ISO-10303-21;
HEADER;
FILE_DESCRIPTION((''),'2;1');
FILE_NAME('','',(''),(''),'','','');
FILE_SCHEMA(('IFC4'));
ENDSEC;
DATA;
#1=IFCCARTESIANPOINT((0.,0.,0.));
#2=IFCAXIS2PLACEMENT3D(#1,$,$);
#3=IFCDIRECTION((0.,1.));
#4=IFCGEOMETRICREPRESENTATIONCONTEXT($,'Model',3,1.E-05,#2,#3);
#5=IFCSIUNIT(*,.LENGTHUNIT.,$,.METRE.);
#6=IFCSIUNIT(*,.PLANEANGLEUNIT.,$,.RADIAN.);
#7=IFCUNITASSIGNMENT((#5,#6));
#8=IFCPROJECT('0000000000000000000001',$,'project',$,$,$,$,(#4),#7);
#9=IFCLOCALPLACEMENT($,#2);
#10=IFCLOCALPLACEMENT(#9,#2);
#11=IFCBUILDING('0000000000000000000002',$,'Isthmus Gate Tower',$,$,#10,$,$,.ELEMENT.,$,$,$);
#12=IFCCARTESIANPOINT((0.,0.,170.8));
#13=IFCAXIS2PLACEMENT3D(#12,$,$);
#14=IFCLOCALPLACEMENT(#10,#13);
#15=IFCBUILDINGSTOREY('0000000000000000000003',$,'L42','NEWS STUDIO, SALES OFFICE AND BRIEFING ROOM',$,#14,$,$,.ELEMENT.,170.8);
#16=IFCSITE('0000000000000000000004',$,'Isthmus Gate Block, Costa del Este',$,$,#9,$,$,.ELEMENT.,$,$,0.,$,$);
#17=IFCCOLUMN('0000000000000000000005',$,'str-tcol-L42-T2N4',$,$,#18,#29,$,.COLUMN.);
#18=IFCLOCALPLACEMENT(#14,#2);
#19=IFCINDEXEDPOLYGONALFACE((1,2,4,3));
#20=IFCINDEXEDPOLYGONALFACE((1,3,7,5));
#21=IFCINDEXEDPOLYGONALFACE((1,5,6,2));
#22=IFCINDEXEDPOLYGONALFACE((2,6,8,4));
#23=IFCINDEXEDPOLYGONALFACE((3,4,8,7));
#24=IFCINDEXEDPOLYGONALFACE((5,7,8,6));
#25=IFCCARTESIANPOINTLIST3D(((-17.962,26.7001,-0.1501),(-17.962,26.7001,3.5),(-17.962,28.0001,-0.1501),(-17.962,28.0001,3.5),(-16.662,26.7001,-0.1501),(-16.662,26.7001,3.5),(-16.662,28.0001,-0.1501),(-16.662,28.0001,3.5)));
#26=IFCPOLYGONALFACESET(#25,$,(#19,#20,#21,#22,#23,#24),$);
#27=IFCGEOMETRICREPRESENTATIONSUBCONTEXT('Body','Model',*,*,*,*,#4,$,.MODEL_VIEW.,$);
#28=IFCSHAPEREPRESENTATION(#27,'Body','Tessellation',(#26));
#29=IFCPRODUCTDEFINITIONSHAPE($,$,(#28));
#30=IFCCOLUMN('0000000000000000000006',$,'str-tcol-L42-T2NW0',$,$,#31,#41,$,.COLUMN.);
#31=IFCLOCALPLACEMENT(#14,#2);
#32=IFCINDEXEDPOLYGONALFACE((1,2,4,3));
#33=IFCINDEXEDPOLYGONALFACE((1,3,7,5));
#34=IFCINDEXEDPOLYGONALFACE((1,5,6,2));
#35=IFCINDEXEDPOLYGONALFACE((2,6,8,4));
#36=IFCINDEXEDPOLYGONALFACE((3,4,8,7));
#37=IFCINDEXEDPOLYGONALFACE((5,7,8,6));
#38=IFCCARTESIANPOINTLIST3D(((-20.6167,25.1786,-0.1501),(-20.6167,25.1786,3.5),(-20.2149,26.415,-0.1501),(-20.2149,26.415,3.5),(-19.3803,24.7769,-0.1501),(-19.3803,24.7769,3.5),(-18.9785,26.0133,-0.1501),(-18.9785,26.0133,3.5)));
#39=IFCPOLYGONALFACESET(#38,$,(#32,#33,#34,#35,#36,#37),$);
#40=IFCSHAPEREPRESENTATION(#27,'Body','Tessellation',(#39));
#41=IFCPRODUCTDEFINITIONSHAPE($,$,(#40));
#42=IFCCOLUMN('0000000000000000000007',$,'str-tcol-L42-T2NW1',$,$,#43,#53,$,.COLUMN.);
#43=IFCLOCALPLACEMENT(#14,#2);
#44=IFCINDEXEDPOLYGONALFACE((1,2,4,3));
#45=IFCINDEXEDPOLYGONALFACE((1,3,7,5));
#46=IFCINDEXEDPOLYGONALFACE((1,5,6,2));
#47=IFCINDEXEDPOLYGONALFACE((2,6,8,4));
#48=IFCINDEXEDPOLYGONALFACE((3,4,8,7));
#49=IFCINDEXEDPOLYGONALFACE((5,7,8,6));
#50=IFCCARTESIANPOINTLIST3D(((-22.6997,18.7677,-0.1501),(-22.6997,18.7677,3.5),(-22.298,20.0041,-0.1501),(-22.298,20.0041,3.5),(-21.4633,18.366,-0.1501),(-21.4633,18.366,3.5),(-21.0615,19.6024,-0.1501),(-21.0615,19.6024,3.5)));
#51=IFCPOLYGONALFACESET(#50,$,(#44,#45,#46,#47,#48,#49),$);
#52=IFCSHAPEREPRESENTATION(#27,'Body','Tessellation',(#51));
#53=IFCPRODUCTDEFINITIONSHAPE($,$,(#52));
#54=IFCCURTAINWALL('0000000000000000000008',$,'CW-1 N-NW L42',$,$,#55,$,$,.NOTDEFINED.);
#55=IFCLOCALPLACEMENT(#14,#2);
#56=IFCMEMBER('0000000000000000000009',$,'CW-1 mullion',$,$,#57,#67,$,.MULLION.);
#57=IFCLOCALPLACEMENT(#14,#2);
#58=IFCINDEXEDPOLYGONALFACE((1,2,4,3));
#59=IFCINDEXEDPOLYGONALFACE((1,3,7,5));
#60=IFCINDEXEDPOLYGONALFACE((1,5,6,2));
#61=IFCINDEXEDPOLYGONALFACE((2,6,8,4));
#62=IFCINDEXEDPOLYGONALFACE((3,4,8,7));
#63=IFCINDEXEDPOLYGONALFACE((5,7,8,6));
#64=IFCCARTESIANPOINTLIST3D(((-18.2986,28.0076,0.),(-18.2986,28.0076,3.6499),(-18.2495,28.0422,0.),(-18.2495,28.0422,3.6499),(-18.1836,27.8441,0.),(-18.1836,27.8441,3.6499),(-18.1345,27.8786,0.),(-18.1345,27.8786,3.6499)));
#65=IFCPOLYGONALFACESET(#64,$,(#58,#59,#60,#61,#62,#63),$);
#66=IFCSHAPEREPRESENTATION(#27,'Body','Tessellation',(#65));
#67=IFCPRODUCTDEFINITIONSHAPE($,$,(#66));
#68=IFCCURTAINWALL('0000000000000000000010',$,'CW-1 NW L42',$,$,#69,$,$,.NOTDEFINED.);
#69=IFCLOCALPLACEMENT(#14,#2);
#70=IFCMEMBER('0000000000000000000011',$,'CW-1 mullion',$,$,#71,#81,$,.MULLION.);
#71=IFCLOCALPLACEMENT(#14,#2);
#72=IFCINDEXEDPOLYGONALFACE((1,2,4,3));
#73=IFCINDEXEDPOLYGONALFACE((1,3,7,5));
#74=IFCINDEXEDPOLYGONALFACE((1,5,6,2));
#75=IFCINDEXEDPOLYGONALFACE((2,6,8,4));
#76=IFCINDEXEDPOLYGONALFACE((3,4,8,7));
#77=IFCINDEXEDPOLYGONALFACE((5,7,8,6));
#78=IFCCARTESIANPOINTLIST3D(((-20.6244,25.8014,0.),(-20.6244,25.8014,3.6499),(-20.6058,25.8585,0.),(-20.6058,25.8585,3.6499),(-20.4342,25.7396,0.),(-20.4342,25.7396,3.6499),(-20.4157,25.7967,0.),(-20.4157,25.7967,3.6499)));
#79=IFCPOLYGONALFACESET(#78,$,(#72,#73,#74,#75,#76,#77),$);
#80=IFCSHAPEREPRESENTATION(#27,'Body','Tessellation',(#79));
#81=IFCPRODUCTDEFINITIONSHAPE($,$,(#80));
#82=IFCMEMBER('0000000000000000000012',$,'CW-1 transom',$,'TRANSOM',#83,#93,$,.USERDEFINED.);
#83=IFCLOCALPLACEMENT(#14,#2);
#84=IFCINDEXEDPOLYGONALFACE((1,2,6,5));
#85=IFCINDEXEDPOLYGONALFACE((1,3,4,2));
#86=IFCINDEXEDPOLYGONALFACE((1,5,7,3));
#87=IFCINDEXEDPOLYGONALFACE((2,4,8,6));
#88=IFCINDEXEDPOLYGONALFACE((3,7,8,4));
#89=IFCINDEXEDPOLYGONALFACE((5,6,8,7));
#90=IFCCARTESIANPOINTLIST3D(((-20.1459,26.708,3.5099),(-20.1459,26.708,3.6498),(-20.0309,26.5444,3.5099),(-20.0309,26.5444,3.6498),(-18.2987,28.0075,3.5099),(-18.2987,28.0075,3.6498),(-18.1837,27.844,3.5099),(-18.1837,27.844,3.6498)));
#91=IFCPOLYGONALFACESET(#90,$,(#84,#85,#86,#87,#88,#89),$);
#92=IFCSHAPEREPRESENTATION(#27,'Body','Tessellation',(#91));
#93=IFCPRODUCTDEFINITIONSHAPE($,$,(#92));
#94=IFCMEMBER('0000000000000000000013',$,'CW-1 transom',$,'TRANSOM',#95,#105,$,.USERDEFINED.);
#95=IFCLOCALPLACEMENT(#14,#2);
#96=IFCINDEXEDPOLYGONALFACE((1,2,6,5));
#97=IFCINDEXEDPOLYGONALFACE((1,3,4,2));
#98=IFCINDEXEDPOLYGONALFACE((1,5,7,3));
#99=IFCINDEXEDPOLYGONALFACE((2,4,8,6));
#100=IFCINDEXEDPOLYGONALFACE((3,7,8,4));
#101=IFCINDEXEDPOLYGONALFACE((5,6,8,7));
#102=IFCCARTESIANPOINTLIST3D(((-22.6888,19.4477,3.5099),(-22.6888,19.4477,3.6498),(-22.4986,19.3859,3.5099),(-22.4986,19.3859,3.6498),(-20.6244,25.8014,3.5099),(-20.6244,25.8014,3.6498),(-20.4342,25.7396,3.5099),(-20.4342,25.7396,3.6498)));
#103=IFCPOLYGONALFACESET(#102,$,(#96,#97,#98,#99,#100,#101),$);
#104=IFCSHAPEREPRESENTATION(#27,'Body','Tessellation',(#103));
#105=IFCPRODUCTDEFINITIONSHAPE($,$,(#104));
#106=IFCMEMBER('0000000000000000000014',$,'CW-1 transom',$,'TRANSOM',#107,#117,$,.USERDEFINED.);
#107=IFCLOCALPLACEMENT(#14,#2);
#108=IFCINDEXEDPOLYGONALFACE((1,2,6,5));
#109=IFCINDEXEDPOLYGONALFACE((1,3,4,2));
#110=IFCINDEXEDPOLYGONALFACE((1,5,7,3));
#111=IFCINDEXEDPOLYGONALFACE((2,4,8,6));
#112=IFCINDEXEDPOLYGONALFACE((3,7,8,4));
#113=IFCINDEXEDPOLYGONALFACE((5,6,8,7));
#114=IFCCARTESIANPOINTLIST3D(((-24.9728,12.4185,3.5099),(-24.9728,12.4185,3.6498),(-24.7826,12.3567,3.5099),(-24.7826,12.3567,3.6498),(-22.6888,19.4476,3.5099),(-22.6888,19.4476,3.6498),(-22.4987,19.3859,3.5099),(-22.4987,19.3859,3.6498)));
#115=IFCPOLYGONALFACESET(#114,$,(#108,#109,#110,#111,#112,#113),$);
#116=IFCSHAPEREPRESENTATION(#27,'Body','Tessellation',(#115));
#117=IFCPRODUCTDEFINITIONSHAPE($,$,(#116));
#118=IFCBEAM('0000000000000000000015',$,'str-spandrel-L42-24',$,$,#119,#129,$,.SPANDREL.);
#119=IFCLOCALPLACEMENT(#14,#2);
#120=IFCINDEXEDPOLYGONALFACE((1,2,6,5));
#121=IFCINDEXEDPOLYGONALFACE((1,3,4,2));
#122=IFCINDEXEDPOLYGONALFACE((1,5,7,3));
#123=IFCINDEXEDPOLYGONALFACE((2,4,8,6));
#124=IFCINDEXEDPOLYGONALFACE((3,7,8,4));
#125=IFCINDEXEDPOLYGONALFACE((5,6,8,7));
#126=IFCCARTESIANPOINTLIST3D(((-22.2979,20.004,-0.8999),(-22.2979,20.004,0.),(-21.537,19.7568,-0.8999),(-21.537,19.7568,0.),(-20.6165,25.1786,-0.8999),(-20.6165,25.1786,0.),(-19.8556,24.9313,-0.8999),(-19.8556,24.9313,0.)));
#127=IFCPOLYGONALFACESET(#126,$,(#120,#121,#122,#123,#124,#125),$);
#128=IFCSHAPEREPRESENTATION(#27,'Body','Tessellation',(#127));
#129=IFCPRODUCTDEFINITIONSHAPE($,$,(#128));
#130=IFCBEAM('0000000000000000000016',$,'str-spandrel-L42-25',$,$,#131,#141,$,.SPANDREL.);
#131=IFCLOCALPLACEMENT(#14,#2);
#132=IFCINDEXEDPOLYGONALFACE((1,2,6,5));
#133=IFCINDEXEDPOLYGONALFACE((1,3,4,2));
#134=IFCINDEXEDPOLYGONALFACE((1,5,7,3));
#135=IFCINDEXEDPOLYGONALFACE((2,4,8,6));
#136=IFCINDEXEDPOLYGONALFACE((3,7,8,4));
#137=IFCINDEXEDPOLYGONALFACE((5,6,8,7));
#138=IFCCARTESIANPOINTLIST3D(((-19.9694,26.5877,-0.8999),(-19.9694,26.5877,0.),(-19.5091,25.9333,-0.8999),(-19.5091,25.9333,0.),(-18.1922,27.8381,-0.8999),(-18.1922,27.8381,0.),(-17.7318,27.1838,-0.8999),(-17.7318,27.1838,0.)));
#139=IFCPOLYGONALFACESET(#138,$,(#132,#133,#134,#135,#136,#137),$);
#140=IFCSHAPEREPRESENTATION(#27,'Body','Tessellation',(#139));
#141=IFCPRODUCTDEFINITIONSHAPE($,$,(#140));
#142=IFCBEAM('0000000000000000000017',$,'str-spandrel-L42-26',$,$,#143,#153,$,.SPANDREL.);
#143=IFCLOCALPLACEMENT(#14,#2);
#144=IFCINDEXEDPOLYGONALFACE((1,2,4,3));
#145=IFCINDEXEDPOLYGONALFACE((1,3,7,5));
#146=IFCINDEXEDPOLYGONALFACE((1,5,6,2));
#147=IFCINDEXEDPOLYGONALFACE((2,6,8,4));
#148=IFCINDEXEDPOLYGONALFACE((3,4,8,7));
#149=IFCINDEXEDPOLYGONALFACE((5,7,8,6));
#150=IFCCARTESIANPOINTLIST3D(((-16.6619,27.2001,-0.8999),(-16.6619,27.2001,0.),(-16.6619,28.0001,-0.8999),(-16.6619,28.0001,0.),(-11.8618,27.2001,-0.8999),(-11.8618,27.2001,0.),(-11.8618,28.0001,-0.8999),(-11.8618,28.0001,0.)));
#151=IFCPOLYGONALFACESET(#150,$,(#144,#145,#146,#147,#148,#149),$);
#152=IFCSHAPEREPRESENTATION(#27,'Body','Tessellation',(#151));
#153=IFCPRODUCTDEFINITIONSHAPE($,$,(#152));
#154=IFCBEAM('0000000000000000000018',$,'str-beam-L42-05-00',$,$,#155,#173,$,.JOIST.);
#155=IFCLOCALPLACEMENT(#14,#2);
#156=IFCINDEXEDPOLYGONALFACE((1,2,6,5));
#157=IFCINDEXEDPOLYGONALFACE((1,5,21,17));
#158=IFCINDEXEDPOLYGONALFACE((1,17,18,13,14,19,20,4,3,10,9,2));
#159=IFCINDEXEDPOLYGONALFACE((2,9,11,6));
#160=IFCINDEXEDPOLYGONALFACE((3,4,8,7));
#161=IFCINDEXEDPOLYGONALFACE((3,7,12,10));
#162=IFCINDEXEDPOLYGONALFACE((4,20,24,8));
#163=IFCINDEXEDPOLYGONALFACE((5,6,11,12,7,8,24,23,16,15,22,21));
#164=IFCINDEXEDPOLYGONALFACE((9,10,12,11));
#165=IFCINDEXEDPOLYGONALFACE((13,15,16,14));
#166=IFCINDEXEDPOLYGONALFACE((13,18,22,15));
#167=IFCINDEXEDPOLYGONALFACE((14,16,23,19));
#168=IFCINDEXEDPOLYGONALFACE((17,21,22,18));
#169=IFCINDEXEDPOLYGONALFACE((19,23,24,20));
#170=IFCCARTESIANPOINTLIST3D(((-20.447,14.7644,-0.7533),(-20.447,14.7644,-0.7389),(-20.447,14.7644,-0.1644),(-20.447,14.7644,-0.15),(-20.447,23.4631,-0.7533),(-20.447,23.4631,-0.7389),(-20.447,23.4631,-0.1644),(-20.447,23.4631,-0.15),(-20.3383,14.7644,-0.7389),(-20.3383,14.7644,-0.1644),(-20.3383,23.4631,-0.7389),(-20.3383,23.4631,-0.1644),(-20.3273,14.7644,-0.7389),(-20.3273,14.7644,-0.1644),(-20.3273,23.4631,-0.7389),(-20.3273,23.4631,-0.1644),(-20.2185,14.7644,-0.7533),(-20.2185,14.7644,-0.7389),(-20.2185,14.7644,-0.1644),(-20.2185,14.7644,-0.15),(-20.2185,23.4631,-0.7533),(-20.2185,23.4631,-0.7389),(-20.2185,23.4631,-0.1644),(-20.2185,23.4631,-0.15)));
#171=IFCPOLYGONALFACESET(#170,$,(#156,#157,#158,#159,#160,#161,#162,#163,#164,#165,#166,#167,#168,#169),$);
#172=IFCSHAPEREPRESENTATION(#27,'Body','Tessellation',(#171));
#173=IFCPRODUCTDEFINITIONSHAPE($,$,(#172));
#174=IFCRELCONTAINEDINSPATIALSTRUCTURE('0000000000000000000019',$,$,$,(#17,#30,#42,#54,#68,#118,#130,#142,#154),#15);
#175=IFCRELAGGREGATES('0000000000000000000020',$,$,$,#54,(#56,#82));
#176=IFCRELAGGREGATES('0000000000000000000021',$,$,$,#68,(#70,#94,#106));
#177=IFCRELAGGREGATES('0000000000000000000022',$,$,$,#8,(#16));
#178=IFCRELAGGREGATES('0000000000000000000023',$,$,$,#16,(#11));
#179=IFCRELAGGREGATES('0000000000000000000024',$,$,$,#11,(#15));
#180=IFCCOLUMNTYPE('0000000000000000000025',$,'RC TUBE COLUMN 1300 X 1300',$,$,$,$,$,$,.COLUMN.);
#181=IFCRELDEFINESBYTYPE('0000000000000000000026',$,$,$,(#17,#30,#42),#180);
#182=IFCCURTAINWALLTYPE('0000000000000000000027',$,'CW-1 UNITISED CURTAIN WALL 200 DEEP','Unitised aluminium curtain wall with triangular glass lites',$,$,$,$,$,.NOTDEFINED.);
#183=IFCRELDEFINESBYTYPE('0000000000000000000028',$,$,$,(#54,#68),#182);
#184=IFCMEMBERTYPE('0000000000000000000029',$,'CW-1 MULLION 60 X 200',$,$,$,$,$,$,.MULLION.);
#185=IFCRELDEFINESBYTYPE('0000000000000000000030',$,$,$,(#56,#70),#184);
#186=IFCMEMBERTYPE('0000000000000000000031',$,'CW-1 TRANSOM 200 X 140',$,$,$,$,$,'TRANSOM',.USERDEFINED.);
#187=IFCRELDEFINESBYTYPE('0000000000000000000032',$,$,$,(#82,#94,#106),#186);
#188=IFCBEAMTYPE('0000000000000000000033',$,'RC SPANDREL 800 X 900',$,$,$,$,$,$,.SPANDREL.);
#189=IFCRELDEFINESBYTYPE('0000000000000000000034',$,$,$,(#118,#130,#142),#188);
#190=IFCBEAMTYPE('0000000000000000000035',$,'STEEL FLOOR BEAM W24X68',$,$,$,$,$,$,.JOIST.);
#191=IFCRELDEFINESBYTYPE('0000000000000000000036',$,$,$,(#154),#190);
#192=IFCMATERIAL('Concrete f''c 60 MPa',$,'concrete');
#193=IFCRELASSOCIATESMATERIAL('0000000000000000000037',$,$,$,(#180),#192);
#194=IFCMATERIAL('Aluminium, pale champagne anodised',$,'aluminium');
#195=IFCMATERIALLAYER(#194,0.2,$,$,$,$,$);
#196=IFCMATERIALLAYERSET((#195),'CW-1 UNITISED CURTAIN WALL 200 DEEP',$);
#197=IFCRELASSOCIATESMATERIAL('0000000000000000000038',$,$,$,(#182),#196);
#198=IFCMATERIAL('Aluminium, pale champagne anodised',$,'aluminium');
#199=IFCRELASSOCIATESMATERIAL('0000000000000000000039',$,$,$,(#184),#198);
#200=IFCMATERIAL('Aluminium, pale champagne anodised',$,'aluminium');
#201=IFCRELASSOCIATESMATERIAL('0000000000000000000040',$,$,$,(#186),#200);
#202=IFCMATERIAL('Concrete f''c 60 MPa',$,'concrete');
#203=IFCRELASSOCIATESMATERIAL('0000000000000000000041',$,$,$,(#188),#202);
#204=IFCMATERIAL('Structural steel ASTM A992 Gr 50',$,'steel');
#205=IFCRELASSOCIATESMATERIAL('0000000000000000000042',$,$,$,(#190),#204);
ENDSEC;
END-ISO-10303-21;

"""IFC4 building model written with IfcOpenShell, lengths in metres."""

from ifc_helpers import new_model, si_unit, direction, frame, origin, origin_2d, place, context, subcontext, project, spatial, rectangle, i_section, extrude, material, layer, layer_set, material_profile, profile_set, type_object, element, aggregate, save


model = new_model("IFC4")

# Units and contexts
model_context = context("Model", 3, precision=1e-05, world=origin(), true_north=direction((0.0, 1.0)))
body_context = subcontext(model_context, "Body", "Model", "MODEL_VIEW")
ifc_project = project(units=[si_unit("LENGTHUNIT", "METRE"), si_unit("PLANEANGLEUNIT", "RADIAN")], contexts=[model_context])

# Site, building, storey
site_placement = place(None, origin())
site = spatial("IfcSite", under=ifc_project, at=site_placement, Name="Isthmus Gate Block, Costa del Este", CompositionType="ELEMENT", RefElevation=0.0)
building_placement = place(site_placement, origin())
building = spatial("IfcBuilding", under=site, at=building_placement, Name="Isthmus Gate Tower", CompositionType="ELEMENT")
storey_placement = place(building_placement, frame((0.0, 0.0, 170.8)))
storey = spatial("IfcBuildingStorey", under=building, at=storey_placement, Name="L42", Description="NEWS STUDIO, SALES OFFICE AND BRIEFING ROOM", CompositionType="ELEMENT", Elevation=170.8)

# Columns
ifc_material_1 = material(Name="Concrete f'c 60 MPa", Category="concrete")
ifc_material_profile_1 = material_profile(ifc_material_1, rectangle(XDim=1.3, YDim=1.3, at=origin_2d()), Name="RC 1300X1300")
ifc_profile_set_1 = profile_set([ifc_material_profile_1], Name="Concrete f'c 60 MPa")
column_type = type_object("IfcColumnType", Name="RC TUBE COLUMN 1300 X 1300", PredefinedType="COLUMN", material=ifc_profile_set_1)
for number, where, z_axis, x_axis, name in (
    (1, (-17.312, 27.3501, -0.1501), (0.0, 0.0, 1.0), (-1.0, 0.0, 0.0), "str-tcol-L42-T2N4"),
    (2, (-19.7976, 25.5959, -0.1501), (0.0, 0.0, 1.0), (-0.309017, -0.951057, 0.0), "str-tcol-L42-T2NW0"),
    (3, (-21.8806, 19.1851, -0.1501), (0.0, 0.0, 1.0), (-0.309017, -0.951057, 0.0), "str-tcol-L42-T2NW1"),
):
    element("IfcColumn", number, at=place(storey_placement, frame(where, z_axis=z_axis, x_axis=x_axis)), inside=storey, type_object=column_type, Name=name, PredefinedType="COLUMN", context=body_context, shape_type="SweptSolid", body=[
        extrude(rectangle(XDim=1.3, YDim=1.3, at=origin_2d()), origin(), (0.0, 0.0, 1.0), 3.6501),
    ])

# Curtain walls, members
ifc_material_2 = material(Name="Aluminium, pale champagne anodised", Category="aluminium")
ifc_layer_1 = layer(ifc_material_2, 0.2)
ifc_layer_set_1 = layer_set([ifc_layer_1], Name="CW-1 UNITISED CURTAIN WALL 200 DEEP")
curtain_wall_type = type_object("IfcCurtainWallType", Name="CW-1 UNITISED CURTAIN WALL 200 DEEP", Description="Unitised aluminium curtain wall with triangular glass lites", PredefinedType="NOTDEFINED", material=ifc_layer_set_1)
curtain_wall_1_placement = place(storey_placement, origin())
curtain_wall_1 = element("IfcCurtainWall", 4, at=curtain_wall_1_placement, inside=storey, type_object=curtain_wall_type, Name="CW-1 N-NW L42", PredefinedType="NOTDEFINED")
ifc_material_3 = material(Name="Aluminium, pale champagne anodised", Category="aluminium")
ifc_material_profile_2 = material_profile(ifc_material_3, rectangle(XDim=0.0601, YDim=0.2, at=origin_2d()), Name="60x200")
ifc_profile_set_2 = profile_set([ifc_material_profile_2], Name="Aluminium, pale champagne anodised")
member_type_1 = type_object("IfcMemberType", Name="CW-1 MULLION 60 X 200", PredefinedType="MULLION", material=ifc_profile_set_2)
member_1_placement = place(storey_placement, frame((-18.2166, 27.9431, 0.0), z_axis=(0.0, 0.0, 1.0), x_axis=(-0.81786, -0.575418, 0.0)))
member_1 = element("IfcMember", 5, at=member_1_placement, type_object=member_type_1, Name="CW-1 mullion", PredefinedType="MULLION", context=body_context, shape_type="SweptSolid", body=[
    extrude(rectangle(XDim=0.0601, YDim=0.2, at=origin_2d()), origin(), (0.0, 0.0, 1.0), 3.6499),
])
curtain_wall_2_placement = place(storey_placement, origin())
curtain_wall_2 = element("IfcCurtainWall", 6, at=curtain_wall_2_placement, inside=storey, type_object=curtain_wall_type, Name="CW-1 NW L42", PredefinedType="NOTDEFINED")
member_2_placement = place(storey_placement, frame((-20.52, 25.7991, 0.0), z_axis=(0.0, 0.0, 1.0), x_axis=(-0.309017, -0.951057, 0.0)))
member_2 = element("IfcMember", 7, at=member_2_placement, type_object=member_type_1, Name="CW-1 mullion", PredefinedType="MULLION", context=body_context, shape_type="SweptSolid", body=[
    extrude(rectangle(XDim=0.0601, YDim=0.2, at=origin_2d()), origin(), (0.0, 0.0, 1.0), 3.6499),
])

# Members
ifc_material_4 = material(Name="Aluminium, pale champagne anodised", Category="aluminium")
ifc_material_profile_3 = material_profile(ifc_material_4, rectangle(XDim=0.2, YDim=0.1399, at=origin_2d()), Name="200x140")
ifc_profile_set_3 = profile_set([ifc_material_profile_3], Name="Aluminium, pale champagne anodised")
member_type_2 = type_object("IfcMemberType", Name="CW-1 TRANSOM 200 X 140", ElementType="TRANSOM", PredefinedType="USERDEFINED", material=ifc_profile_set_3)
member_3_placement = place(storey_placement, frame((-18.2412, 27.9258, 3.5798), z_axis=(-0.817869, -0.575405, 0.0), x_axis=(0.575405, -0.817869, 0.0)))
member_3 = element("IfcMember", 8, at=member_3_placement, type_object=member_type_2, Name="CW-1 transom", ObjectType="TRANSOM", PredefinedType="USERDEFINED", context=body_context, shape_type="SweptSolid", body=[
    extrude(rectangle(XDim=0.2, YDim=0.1399, at=origin_2d()), origin(), (0.0, 0.0, 1.0), 2.2585),
])
member_4_placement = place(storey_placement, frame((-20.5293, 25.7705, 3.5798), z_axis=(-0.309016, -0.951057, 0.0), x_axis=(0.951057, -0.309016, 0.0)))
member_4 = element("IfcMember", 9, at=member_4_placement, type_object=member_type_2, Name="CW-1 transom", ObjectType="TRANSOM", PredefinedType="USERDEFINED", context=body_context, shape_type="SweptSolid", body=[
    extrude(rectangle(XDim=0.2, YDim=0.1399, at=origin_2d()), origin(), (0.0, 0.0, 1.0), 6.6807),
])
member_5_placement = place(storey_placement, frame((-22.5938, 19.4167, 3.5798), z_axis=(-0.309024, -0.951054, 0.0), x_axis=(0.951054, -0.309024, 0.0)))
member_5 = element("IfcMember", 10, at=member_5_placement, type_object=member_type_2, Name="CW-1 transom", ObjectType="TRANSOM", PredefinedType="USERDEFINED", context=body_context, shape_type="SweptSolid", body=[
    extrude(rectangle(XDim=0.2, YDim=0.1399, at=origin_2d()), origin(), (0.0, 0.0, 1.0), 7.3909),
])

# Beams
ifc_material_5 = material(Name="Concrete f'c 60 MPa", Category="concrete")
ifc_material_profile_4 = material_profile(ifc_material_5, rectangle(XDim=0.8, YDim=0.8999, at=origin_2d()), Name="RC 800X900")
ifc_profile_set_4 = profile_set([ifc_material_profile_4], Name="Concrete f'c 60 MPa")
beam_type_1 = type_object("IfcBeamType", Name="RC SPANDREL 800 X 900", PredefinedType="SPANDREL", material=ifc_profile_set_4)
beam_1_placement = place(storey_placement, frame((-21.9175, 19.8804, -0.45), z_axis=(0.30903, 0.951052, 0.0), x_axis=(-0.951052, 0.30903, 0.0)))
element("IfcBeam", 11, at=beam_1_placement, inside=storey, type_object=beam_type_1, Name="str-spandrel-L42-24", PredefinedType="SPANDREL", context=body_context, shape_type="SweptSolid", body=[
    extrude(rectangle(XDim=0.8, YDim=0.8999, at=origin_2d()), origin(), (0.0, 0.0, 1.0), 5.4409),
])
beam_2_placement = place(storey_placement, frame((-19.7393, 26.2605, -0.45), z_axis=(0.817857, 0.575421, 0.0), x_axis=(-0.575421, 0.817857, 0.0)))
element("IfcBeam", 12, at=beam_2_placement, inside=storey, type_object=beam_type_1, Name="str-spandrel-L42-25", PredefinedType="SPANDREL", context=body_context, shape_type="SweptSolid", body=[
    extrude(rectangle(XDim=0.8, YDim=0.8999, at=origin_2d()), origin(), (0.0, 0.0, 1.0), 2.1731),
])
beam_3_placement = place(storey_placement, frame((-16.6619, 27.6001, -0.45), z_axis=(1.0, 0.0, 0.0), x_axis=(0.0, 1.0, 0.0)))
element("IfcBeam", 13, at=beam_3_placement, inside=storey, type_object=beam_type_1, Name="str-spandrel-L42-26", PredefinedType="SPANDREL", context=body_context, shape_type="SweptSolid", body=[
    extrude(rectangle(XDim=0.8, YDim=0.8999, at=origin_2d()), origin(), (0.0, 0.0, 1.0), 4.8),
])
ifc_material_6 = material(Name="Structural steel ASTM A992 Gr 50", Category="steel")
ifc_material_profile_5 = material_profile(ifc_material_6, i_section(OverallWidth=0.2285, OverallDepth=0.6033, WebThickness=0.011, FlangeThickness=0.0144, at=origin_2d()), Name="W24X68")
ifc_profile_set_5 = profile_set([ifc_material_profile_5], Name="Structural steel ASTM A992 Gr 50")
beam_type_2 = type_object("IfcBeamType", Name="STEEL FLOOR BEAM W24X68", PredefinedType="JOIST", material=ifc_profile_set_5)
beam_4_placement = place(storey_placement, frame((-20.3328, 14.7644, -0.4517), z_axis=(0.0, 1.0, 0.0), x_axis=(-1.0, 0.0, 0.0)))
element("IfcBeam", 14, at=beam_4_placement, inside=storey, type_object=beam_type_2, Name="str-beam-L42-05-00", PredefinedType="JOIST", context=body_context, shape_type="SweptSolid", body=[
    extrude(i_section(OverallWidth=0.2285, OverallDepth=0.6033, WebThickness=0.011, FlangeThickness=0.0144, at=origin_2d()), origin(), (0.0, 0.0, 1.0), 8.6987),
])

aggregate(curtain_wall_1, [member_1, member_3])

aggregate(curtain_wall_2, [member_2, member_4, member_5])

save(model, "model.ifc")
